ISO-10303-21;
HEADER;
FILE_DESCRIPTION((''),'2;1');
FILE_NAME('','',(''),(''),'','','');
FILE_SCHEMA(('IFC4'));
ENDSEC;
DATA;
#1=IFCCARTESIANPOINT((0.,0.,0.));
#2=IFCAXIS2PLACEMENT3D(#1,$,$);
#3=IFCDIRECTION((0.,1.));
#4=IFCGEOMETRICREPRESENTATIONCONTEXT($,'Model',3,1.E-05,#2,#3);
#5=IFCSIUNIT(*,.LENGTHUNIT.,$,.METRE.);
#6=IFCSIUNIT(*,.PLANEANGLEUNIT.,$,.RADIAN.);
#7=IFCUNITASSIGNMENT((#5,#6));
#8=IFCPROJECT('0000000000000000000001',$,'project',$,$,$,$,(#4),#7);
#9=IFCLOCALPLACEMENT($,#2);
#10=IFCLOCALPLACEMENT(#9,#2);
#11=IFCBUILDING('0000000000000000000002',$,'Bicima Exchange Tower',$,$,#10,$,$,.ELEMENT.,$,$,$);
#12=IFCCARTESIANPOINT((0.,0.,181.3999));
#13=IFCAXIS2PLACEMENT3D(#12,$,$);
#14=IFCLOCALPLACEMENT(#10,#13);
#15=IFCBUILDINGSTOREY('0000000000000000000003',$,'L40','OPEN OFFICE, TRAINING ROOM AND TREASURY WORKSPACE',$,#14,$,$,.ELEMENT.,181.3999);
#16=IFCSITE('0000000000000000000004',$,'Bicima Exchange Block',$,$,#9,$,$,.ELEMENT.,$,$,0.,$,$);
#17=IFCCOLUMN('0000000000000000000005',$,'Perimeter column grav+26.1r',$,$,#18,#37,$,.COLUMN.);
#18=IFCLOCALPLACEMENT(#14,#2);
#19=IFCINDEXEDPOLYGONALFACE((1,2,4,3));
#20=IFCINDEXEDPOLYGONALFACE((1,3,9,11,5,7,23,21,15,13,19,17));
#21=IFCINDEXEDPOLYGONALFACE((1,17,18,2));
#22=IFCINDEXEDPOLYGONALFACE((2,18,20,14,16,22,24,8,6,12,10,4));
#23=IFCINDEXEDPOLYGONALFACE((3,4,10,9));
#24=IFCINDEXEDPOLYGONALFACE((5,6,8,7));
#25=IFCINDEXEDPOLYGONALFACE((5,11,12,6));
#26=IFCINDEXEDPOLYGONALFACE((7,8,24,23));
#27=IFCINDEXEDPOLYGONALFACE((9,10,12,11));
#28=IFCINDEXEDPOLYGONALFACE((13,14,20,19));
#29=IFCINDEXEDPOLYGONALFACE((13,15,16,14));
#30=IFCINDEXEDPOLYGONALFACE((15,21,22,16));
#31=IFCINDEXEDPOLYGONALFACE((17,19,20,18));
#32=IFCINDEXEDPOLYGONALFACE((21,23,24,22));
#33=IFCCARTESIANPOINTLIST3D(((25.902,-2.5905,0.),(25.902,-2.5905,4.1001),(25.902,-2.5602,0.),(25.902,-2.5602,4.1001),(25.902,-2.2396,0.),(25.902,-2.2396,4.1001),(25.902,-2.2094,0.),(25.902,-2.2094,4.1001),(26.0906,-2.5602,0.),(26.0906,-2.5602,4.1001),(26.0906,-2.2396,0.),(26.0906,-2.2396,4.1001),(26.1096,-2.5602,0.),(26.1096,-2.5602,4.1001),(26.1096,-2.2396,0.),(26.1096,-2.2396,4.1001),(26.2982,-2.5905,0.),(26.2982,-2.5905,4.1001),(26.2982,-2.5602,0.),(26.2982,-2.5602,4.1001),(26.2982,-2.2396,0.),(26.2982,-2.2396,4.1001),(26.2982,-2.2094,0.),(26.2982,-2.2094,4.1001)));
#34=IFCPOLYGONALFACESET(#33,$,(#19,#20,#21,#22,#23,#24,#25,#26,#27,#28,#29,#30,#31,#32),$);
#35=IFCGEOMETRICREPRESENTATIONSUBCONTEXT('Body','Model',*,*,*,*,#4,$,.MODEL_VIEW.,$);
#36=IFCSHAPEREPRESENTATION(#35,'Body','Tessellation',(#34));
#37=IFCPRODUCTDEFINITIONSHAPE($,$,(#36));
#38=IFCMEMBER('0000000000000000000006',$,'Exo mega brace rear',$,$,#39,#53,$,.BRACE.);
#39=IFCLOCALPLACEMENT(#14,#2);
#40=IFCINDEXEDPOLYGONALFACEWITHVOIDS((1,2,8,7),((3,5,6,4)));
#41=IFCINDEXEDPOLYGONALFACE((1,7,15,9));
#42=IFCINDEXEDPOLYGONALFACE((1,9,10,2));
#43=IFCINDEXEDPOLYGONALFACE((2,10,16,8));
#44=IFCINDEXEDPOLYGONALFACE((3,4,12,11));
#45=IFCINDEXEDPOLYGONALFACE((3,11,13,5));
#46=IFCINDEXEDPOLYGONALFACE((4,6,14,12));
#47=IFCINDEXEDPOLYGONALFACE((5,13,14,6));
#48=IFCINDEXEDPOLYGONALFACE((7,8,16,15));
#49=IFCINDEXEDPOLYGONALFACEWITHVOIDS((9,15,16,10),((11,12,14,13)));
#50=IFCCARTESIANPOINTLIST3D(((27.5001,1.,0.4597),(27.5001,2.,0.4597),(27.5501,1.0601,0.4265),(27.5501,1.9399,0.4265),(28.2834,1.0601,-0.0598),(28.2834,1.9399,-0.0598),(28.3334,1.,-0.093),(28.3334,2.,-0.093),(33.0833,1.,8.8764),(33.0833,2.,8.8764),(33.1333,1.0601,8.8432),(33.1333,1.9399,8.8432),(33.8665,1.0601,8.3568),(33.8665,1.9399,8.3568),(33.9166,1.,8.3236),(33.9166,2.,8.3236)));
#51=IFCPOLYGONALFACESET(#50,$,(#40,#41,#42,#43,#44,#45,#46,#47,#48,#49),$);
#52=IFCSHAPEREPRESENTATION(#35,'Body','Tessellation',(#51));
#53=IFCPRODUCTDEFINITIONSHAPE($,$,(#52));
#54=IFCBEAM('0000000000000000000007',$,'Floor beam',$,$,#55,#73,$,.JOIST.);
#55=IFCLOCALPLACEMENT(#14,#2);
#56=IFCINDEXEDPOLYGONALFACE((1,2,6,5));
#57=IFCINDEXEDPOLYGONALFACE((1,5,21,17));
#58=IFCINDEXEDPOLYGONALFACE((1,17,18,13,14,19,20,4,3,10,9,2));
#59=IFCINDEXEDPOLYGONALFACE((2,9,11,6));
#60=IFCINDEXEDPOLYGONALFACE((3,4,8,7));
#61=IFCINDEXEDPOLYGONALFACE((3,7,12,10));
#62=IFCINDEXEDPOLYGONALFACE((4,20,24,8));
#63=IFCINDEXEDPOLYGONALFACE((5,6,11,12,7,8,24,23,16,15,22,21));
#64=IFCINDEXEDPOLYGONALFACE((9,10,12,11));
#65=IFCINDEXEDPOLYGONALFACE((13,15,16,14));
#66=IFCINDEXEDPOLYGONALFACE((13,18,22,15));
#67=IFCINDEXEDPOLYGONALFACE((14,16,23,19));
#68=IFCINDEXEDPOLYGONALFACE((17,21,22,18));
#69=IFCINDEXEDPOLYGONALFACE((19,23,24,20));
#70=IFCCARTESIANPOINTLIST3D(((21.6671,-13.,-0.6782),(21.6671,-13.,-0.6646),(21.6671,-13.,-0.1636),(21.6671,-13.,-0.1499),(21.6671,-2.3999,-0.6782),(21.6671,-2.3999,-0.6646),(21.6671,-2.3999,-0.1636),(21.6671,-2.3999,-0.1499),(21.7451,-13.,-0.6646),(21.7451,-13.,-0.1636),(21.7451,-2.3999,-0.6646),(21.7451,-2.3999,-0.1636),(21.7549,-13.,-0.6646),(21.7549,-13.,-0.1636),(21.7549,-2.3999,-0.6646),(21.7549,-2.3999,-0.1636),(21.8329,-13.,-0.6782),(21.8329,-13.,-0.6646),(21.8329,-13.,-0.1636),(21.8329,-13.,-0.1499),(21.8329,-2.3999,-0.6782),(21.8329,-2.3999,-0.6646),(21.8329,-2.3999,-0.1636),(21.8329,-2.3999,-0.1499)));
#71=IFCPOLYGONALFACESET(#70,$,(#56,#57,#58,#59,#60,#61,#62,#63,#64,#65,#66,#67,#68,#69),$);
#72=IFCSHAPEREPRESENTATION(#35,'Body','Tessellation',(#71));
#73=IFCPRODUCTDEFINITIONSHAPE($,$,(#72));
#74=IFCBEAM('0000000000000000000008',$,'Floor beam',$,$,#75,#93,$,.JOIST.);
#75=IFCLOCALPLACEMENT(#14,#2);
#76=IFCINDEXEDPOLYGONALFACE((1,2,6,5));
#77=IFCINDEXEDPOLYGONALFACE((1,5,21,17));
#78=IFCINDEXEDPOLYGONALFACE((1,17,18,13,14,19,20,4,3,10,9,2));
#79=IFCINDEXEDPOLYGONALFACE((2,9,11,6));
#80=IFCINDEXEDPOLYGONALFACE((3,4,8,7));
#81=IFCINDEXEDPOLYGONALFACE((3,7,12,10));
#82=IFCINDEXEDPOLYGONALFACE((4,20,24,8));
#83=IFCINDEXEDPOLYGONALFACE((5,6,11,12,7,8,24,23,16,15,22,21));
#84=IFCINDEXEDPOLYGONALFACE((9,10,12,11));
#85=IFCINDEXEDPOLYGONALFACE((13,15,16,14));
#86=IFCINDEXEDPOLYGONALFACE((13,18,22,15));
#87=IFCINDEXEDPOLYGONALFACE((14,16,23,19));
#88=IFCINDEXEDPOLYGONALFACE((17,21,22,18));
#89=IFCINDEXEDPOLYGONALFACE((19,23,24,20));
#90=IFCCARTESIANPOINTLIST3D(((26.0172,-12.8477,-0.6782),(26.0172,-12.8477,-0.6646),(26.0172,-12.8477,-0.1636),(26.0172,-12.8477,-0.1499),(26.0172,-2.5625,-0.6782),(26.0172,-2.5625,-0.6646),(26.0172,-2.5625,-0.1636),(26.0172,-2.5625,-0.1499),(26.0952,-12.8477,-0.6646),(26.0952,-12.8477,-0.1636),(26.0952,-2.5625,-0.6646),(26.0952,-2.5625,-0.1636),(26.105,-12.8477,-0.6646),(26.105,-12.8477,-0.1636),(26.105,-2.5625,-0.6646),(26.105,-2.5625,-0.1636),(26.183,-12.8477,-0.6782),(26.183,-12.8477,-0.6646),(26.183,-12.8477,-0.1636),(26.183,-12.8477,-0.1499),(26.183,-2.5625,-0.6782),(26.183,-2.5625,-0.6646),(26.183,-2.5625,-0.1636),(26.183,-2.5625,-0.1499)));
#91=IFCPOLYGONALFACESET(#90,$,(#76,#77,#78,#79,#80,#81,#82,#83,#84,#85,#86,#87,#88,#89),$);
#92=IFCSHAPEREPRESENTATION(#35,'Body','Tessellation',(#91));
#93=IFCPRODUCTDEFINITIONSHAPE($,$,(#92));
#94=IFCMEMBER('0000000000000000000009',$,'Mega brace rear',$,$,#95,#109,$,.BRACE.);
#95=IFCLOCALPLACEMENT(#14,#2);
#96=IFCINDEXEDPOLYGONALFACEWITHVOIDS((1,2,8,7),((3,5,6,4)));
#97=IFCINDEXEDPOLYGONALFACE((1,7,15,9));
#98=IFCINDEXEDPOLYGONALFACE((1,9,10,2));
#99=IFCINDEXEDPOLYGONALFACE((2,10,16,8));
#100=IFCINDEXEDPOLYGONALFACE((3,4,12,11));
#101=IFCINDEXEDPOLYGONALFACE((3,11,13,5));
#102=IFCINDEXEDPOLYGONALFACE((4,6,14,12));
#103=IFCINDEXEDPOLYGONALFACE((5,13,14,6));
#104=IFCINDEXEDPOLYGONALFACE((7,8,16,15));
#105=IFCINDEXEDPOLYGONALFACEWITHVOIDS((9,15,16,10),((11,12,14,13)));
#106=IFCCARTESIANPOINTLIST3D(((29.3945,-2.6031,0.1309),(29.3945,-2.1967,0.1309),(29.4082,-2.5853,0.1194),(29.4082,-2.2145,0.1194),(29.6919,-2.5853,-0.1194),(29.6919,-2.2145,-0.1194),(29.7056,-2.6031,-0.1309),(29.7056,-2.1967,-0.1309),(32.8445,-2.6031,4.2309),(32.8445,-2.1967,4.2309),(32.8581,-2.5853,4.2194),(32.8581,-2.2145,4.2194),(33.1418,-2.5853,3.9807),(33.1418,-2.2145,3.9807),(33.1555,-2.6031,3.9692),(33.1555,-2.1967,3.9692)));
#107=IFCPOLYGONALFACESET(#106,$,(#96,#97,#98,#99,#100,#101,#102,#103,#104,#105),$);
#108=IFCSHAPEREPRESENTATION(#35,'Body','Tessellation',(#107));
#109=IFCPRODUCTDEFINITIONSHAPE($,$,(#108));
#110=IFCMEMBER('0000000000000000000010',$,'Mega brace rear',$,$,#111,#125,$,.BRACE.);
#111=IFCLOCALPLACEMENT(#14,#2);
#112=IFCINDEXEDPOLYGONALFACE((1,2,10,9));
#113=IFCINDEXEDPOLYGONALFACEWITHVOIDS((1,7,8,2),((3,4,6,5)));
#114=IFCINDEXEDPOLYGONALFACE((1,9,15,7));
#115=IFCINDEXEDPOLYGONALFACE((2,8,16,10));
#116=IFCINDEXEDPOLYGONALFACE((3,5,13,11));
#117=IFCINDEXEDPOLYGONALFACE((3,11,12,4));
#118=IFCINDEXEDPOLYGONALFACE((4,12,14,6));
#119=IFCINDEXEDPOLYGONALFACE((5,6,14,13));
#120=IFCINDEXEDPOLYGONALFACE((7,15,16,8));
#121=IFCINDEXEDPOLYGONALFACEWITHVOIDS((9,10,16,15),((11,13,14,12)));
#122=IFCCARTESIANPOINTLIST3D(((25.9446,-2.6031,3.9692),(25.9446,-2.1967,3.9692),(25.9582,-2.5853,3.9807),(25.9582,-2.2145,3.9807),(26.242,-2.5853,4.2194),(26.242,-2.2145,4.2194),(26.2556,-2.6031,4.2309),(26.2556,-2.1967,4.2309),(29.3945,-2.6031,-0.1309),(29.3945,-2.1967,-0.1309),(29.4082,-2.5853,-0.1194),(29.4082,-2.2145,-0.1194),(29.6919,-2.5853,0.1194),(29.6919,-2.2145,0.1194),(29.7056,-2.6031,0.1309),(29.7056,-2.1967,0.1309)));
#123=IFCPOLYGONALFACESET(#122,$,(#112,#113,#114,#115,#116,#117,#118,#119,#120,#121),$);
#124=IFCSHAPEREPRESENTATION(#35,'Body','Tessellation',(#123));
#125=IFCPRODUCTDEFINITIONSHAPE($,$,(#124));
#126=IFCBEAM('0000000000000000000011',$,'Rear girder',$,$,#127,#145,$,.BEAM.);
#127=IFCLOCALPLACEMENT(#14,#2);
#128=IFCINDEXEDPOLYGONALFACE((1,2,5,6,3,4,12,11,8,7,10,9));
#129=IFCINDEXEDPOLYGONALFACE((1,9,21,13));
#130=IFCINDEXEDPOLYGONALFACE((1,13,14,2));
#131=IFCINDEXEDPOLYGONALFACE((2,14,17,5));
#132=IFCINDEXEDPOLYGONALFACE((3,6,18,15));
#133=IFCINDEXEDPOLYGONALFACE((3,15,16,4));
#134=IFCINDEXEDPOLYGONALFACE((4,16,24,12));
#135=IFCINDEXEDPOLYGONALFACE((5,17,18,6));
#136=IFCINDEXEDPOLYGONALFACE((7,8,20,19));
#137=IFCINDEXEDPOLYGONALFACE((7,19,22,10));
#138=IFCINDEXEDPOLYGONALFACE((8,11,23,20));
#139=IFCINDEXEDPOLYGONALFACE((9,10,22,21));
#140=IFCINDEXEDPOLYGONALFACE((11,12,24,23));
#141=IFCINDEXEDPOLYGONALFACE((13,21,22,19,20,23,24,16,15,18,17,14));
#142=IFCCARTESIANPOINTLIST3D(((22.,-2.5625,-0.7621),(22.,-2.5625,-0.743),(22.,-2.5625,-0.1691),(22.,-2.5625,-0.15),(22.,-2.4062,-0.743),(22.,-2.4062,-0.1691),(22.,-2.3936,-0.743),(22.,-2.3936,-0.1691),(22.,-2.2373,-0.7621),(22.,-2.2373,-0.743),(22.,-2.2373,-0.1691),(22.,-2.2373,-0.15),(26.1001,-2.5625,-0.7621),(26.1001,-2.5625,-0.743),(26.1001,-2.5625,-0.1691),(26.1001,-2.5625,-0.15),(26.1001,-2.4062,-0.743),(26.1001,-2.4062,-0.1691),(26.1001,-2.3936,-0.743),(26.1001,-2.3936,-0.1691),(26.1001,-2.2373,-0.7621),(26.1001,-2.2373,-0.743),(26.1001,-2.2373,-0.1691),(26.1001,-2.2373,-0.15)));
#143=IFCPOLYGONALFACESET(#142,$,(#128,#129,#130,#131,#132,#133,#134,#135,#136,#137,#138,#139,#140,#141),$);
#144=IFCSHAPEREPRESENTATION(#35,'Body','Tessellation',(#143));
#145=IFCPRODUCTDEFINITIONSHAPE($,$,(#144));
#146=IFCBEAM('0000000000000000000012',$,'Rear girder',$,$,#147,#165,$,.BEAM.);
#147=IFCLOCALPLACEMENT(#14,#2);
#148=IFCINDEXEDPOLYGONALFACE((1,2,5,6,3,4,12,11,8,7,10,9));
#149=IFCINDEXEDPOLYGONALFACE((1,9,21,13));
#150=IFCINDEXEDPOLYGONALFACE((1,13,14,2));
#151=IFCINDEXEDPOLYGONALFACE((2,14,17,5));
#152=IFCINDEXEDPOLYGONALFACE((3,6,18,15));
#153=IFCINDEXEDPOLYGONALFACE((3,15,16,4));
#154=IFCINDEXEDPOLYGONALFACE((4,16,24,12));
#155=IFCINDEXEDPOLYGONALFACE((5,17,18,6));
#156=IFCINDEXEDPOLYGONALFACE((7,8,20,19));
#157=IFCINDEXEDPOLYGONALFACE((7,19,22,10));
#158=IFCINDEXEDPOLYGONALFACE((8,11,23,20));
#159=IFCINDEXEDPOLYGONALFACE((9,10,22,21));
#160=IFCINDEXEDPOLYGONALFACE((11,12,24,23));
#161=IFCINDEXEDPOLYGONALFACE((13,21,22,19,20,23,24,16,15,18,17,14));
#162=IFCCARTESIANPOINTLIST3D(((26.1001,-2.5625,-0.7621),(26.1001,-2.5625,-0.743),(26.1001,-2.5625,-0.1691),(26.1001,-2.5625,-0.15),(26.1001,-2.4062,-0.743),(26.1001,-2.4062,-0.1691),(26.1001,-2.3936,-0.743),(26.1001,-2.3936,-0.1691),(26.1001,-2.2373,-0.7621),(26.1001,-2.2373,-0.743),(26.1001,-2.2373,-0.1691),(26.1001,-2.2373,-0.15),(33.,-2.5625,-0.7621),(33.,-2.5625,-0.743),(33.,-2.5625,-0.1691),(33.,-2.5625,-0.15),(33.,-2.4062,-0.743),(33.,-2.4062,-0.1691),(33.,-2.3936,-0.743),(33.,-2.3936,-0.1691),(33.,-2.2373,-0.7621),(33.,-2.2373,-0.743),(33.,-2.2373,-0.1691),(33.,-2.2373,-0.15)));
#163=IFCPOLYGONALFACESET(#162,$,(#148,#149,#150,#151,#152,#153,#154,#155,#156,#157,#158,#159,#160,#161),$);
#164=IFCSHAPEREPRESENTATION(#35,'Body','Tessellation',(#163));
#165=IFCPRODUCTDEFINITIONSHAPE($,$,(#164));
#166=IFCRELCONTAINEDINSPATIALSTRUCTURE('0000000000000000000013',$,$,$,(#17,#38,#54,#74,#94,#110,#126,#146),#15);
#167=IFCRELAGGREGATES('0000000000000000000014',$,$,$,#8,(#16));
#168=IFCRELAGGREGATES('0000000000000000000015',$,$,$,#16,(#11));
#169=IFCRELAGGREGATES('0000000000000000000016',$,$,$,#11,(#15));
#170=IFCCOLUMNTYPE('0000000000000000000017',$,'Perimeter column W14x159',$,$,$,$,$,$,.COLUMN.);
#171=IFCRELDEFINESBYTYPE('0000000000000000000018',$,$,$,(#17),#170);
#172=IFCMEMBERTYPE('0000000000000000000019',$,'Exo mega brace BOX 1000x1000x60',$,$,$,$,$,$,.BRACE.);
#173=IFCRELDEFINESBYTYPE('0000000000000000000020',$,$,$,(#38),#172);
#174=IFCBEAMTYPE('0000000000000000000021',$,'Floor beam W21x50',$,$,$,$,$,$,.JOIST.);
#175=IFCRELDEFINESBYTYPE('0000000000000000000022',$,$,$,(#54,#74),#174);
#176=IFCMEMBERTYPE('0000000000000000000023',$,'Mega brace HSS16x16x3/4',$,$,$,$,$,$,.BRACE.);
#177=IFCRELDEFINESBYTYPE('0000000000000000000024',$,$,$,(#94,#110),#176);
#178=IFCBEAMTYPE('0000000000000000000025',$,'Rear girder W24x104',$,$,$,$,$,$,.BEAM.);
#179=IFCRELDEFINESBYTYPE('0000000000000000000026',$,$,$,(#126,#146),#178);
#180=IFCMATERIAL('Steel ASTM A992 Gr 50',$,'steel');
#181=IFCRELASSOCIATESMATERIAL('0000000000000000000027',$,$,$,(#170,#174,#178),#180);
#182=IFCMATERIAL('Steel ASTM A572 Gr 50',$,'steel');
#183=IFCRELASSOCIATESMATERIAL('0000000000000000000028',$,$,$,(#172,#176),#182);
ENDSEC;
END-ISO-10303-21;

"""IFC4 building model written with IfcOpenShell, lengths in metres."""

from ifc_helpers import new_model, si_unit, direction, frame, origin, origin_2d, place, context, subcontext, project, spatial, hollow_rectangle, i_section, extrude, material, material_profile, profile_set, type_object, element, save


model = new_model("IFC4")

# Units and contexts
model_context = context("Model", 3, precision=1e-05, world=origin(), true_north=direction((0.0, 1.0)))
body_context = subcontext(model_context, "Body", "Model", "MODEL_VIEW")
ifc_project = project(units=[si_unit("LENGTHUNIT", "METRE"), si_unit("PLANEANGLEUNIT", "RADIAN")], contexts=[model_context])

# Site, building, storey
site_placement = place(None, origin())
site = spatial("IfcSite", under=ifc_project, at=site_placement, Name="Bicima Exchange Block", CompositionType="ELEMENT", RefElevation=0.0)
building_placement = place(site_placement, origin())
building = spatial("IfcBuilding", under=site, at=building_placement, Name="Bicima Exchange Tower", CompositionType="ELEMENT")
storey_placement = place(building_placement, frame((0.0, 0.0, 181.3999)))
storey = spatial("IfcBuildingStorey", under=building, at=storey_placement, Name="L40", Description="OPEN OFFICE, TRAINING ROOM AND TREASURY WORKSPACE", CompositionType="ELEMENT", Elevation=181.3999)

# Column
ifc_material_1 = material(Name="Steel ASTM A992 Gr 50", Category="steel")
ifc_material_profile_1 = material_profile(ifc_material_1, i_section(OverallWidth=0.3962, OverallDepth=0.3811, WebThickness=0.019, FlangeThickness=0.0303, at=origin_2d()))
ifc_profile_set_1 = profile_set([ifc_material_profile_1], Name="Steel ASTM A992 Gr 50")
column_type = type_object("IfcColumnType", Name="Perimeter column W14x159", PredefinedType="COLUMN", material=ifc_profile_set_1)
column_placement = place(storey_placement, frame((26.1001, -2.3999, 0.0), z_axis=(0.0, 0.0, 1.0), x_axis=(1.0, 0.0, 0.0)))
element("IfcColumn", 1, at=column_placement, inside=storey, type_object=column_type, Name="Perimeter column grav+26.1r", PredefinedType="COLUMN", context=body_context, shape_type="SweptSolid", body=[
    extrude(i_section(OverallWidth=0.3962, OverallDepth=0.3811, WebThickness=0.019, FlangeThickness=0.0303, at=origin_2d()), origin(), (0.0, 0.0, 1.0), 4.1001),
])

# Member
ifc_material_2 = material(Name="Steel ASTM A572 Gr 50", Category="steel")
ifc_material_profile_2 = material_profile(ifc_material_2, hollow_rectangle(XDim=1.0, YDim=1.0, WallThickness=0.0601, at=origin_2d()))
ifc_profile_set_2 = profile_set([ifc_material_profile_2], Name="Steel ASTM A572 Gr 50")
member_type_1 = type_object("IfcMemberType", Name="Exo mega brace BOX 1000x1000x60", PredefinedType="BRACE", material=ifc_profile_set_2)
member_placement = place(storey_placement, frame((27.9167, 1.5, 0.1833), z_axis=(0.552785, 0.0, 0.833324), x_axis=(0.0, 1.0, 0.0)))
element("IfcMember", 2, at=member_placement, inside=storey, type_object=member_type_1, Name="Exo mega brace rear", PredefinedType="BRACE", context=body_context, shape_type="SweptSolid", body=[
    extrude(hollow_rectangle(XDim=1.0, YDim=1.0, WallThickness=0.0601, at=origin_2d()), origin(), (0.0, 0.0, 1.0), 10.1001),
])

# Beams
ifc_material_profile_3 = material_profile(ifc_material_1, i_section(OverallWidth=0.1658, OverallDepth=0.5283, WebThickness=0.0098, FlangeThickness=0.0137, at=origin_2d()))
ifc_profile_set_3 = profile_set([ifc_material_profile_3], Name="Steel ASTM A992 Gr 50")
beam_type_1 = type_object("IfcBeamType", Name="Floor beam W21x50", PredefinedType="JOIST", material=ifc_profile_set_3)
beam_1_placement = place(storey_placement, frame((21.75, -2.3999, -0.4141), z_axis=(0.0, -1.0, 0.0), x_axis=(1.0, 0.0, 0.0)))
element("IfcBeam", 3, at=beam_1_placement, inside=storey, type_object=beam_type_1, Name="Floor beam", PredefinedType="JOIST", context=body_context, shape_type="SweptSolid", body=[
    extrude(i_section(OverallWidth=0.1658, OverallDepth=0.5283, WebThickness=0.0098, FlangeThickness=0.0137, at=origin_2d()), origin(), (0.0, 0.0, 1.0), 10.6001),
])
beam_2_placement = place(storey_placement, frame((26.1001, -2.5625, -0.4141), z_axis=(0.0, -1.0, 0.0), x_axis=(1.0, 0.0, 0.0)))
element("IfcBeam", 4, at=beam_2_placement, inside=storey, type_object=beam_type_1, Name="Floor beam", PredefinedType="JOIST", context=body_context, shape_type="SweptSolid", body=[
    extrude(i_section(OverallWidth=0.1658, OverallDepth=0.5283, WebThickness=0.0098, FlangeThickness=0.0137, at=origin_2d()), origin(), (0.0, 0.0, 1.0), 10.2852),
])

# Members
ifc_material_profile_4 = material_profile(ifc_material_2, hollow_rectangle(XDim=0.4065, YDim=0.4065, WallThickness=0.0178, at=origin_2d()))
ifc_profile_set_4 = profile_set([ifc_material_profile_4], Name="Steel ASTM A572 Gr 50")
member_type_2 = type_object("IfcMemberType", Name="Mega brace HSS16x16x3/4", PredefinedType="BRACE", material=ifc_profile_set_4)
for number, where, z_axis, x_axis, name in (
    (5, (29.55, -2.3999, 0.0), (0.643834, 0.0, 0.765165), (0.0, 1.0, 0.0), "Mega brace rear"),
    (6, (29.55, -2.3999, 0.0), (-0.643834, 0.0, 0.765165), (0.0, -1.0, 0.0), "Mega brace rear"),
):
    element("IfcMember", number, at=place(storey_placement, frame(where, z_axis=z_axis, x_axis=x_axis)), inside=storey, type_object=member_type_2, Name=name, PredefinedType="BRACE", context=body_context, shape_type="SweptSolid", body=[
        extrude(hollow_rectangle(XDim=0.4065, YDim=0.4065, WallThickness=0.0178, at=origin_2d()), origin(), (0.0, 0.0, 1.0), 5.3584),
    ])

# Beams
ifc_material_profile_5 = material_profile(ifc_material_1, i_section(OverallWidth=0.3252, OverallDepth=0.6121, WebThickness=0.0127, FlangeThickness=0.019, at=origin_2d()))
ifc_profile_set_5 = profile_set([ifc_material_profile_5], Name="Steel ASTM A992 Gr 50")
beam_type_2 = type_object("IfcBeamType", Name="Rear girder W24x104", PredefinedType="BEAM", material=ifc_profile_set_5)
beam_3_placement = place(storey_placement, frame((22.0, -2.3999, -0.4561), z_axis=(1.0, 0.0, 0.0), x_axis=(0.0, 1.0, 0.0)))
element("IfcBeam", 7, at=beam_3_placement, inside=storey, type_object=beam_type_2, Name="Rear girder", PredefinedType="BEAM", context=body_context, shape_type="SweptSolid", body=[
    extrude(i_section(OverallWidth=0.3252, OverallDepth=0.6121, WebThickness=0.0127, FlangeThickness=0.019, at=origin_2d()), origin(), (0.0, 0.0, 1.0), 4.1001),
])
beam_4_placement = place(storey_placement, frame((26.1001, -2.3999, -0.4561), z_axis=(1.0, 0.0, 0.0), x_axis=(0.0, 1.0, 0.0)))
element("IfcBeam", 8, at=beam_4_placement, inside=storey, type_object=beam_type_2, Name="Rear girder", PredefinedType="BEAM", context=body_context, shape_type="SweptSolid", body=[
    extrude(i_section(OverallWidth=0.3252, OverallDepth=0.6121, WebThickness=0.0127, FlangeThickness=0.019, at=origin_2d()), origin(), (0.0, 0.0, 1.0), 6.8999),
])

save(model, "model.ifc")
